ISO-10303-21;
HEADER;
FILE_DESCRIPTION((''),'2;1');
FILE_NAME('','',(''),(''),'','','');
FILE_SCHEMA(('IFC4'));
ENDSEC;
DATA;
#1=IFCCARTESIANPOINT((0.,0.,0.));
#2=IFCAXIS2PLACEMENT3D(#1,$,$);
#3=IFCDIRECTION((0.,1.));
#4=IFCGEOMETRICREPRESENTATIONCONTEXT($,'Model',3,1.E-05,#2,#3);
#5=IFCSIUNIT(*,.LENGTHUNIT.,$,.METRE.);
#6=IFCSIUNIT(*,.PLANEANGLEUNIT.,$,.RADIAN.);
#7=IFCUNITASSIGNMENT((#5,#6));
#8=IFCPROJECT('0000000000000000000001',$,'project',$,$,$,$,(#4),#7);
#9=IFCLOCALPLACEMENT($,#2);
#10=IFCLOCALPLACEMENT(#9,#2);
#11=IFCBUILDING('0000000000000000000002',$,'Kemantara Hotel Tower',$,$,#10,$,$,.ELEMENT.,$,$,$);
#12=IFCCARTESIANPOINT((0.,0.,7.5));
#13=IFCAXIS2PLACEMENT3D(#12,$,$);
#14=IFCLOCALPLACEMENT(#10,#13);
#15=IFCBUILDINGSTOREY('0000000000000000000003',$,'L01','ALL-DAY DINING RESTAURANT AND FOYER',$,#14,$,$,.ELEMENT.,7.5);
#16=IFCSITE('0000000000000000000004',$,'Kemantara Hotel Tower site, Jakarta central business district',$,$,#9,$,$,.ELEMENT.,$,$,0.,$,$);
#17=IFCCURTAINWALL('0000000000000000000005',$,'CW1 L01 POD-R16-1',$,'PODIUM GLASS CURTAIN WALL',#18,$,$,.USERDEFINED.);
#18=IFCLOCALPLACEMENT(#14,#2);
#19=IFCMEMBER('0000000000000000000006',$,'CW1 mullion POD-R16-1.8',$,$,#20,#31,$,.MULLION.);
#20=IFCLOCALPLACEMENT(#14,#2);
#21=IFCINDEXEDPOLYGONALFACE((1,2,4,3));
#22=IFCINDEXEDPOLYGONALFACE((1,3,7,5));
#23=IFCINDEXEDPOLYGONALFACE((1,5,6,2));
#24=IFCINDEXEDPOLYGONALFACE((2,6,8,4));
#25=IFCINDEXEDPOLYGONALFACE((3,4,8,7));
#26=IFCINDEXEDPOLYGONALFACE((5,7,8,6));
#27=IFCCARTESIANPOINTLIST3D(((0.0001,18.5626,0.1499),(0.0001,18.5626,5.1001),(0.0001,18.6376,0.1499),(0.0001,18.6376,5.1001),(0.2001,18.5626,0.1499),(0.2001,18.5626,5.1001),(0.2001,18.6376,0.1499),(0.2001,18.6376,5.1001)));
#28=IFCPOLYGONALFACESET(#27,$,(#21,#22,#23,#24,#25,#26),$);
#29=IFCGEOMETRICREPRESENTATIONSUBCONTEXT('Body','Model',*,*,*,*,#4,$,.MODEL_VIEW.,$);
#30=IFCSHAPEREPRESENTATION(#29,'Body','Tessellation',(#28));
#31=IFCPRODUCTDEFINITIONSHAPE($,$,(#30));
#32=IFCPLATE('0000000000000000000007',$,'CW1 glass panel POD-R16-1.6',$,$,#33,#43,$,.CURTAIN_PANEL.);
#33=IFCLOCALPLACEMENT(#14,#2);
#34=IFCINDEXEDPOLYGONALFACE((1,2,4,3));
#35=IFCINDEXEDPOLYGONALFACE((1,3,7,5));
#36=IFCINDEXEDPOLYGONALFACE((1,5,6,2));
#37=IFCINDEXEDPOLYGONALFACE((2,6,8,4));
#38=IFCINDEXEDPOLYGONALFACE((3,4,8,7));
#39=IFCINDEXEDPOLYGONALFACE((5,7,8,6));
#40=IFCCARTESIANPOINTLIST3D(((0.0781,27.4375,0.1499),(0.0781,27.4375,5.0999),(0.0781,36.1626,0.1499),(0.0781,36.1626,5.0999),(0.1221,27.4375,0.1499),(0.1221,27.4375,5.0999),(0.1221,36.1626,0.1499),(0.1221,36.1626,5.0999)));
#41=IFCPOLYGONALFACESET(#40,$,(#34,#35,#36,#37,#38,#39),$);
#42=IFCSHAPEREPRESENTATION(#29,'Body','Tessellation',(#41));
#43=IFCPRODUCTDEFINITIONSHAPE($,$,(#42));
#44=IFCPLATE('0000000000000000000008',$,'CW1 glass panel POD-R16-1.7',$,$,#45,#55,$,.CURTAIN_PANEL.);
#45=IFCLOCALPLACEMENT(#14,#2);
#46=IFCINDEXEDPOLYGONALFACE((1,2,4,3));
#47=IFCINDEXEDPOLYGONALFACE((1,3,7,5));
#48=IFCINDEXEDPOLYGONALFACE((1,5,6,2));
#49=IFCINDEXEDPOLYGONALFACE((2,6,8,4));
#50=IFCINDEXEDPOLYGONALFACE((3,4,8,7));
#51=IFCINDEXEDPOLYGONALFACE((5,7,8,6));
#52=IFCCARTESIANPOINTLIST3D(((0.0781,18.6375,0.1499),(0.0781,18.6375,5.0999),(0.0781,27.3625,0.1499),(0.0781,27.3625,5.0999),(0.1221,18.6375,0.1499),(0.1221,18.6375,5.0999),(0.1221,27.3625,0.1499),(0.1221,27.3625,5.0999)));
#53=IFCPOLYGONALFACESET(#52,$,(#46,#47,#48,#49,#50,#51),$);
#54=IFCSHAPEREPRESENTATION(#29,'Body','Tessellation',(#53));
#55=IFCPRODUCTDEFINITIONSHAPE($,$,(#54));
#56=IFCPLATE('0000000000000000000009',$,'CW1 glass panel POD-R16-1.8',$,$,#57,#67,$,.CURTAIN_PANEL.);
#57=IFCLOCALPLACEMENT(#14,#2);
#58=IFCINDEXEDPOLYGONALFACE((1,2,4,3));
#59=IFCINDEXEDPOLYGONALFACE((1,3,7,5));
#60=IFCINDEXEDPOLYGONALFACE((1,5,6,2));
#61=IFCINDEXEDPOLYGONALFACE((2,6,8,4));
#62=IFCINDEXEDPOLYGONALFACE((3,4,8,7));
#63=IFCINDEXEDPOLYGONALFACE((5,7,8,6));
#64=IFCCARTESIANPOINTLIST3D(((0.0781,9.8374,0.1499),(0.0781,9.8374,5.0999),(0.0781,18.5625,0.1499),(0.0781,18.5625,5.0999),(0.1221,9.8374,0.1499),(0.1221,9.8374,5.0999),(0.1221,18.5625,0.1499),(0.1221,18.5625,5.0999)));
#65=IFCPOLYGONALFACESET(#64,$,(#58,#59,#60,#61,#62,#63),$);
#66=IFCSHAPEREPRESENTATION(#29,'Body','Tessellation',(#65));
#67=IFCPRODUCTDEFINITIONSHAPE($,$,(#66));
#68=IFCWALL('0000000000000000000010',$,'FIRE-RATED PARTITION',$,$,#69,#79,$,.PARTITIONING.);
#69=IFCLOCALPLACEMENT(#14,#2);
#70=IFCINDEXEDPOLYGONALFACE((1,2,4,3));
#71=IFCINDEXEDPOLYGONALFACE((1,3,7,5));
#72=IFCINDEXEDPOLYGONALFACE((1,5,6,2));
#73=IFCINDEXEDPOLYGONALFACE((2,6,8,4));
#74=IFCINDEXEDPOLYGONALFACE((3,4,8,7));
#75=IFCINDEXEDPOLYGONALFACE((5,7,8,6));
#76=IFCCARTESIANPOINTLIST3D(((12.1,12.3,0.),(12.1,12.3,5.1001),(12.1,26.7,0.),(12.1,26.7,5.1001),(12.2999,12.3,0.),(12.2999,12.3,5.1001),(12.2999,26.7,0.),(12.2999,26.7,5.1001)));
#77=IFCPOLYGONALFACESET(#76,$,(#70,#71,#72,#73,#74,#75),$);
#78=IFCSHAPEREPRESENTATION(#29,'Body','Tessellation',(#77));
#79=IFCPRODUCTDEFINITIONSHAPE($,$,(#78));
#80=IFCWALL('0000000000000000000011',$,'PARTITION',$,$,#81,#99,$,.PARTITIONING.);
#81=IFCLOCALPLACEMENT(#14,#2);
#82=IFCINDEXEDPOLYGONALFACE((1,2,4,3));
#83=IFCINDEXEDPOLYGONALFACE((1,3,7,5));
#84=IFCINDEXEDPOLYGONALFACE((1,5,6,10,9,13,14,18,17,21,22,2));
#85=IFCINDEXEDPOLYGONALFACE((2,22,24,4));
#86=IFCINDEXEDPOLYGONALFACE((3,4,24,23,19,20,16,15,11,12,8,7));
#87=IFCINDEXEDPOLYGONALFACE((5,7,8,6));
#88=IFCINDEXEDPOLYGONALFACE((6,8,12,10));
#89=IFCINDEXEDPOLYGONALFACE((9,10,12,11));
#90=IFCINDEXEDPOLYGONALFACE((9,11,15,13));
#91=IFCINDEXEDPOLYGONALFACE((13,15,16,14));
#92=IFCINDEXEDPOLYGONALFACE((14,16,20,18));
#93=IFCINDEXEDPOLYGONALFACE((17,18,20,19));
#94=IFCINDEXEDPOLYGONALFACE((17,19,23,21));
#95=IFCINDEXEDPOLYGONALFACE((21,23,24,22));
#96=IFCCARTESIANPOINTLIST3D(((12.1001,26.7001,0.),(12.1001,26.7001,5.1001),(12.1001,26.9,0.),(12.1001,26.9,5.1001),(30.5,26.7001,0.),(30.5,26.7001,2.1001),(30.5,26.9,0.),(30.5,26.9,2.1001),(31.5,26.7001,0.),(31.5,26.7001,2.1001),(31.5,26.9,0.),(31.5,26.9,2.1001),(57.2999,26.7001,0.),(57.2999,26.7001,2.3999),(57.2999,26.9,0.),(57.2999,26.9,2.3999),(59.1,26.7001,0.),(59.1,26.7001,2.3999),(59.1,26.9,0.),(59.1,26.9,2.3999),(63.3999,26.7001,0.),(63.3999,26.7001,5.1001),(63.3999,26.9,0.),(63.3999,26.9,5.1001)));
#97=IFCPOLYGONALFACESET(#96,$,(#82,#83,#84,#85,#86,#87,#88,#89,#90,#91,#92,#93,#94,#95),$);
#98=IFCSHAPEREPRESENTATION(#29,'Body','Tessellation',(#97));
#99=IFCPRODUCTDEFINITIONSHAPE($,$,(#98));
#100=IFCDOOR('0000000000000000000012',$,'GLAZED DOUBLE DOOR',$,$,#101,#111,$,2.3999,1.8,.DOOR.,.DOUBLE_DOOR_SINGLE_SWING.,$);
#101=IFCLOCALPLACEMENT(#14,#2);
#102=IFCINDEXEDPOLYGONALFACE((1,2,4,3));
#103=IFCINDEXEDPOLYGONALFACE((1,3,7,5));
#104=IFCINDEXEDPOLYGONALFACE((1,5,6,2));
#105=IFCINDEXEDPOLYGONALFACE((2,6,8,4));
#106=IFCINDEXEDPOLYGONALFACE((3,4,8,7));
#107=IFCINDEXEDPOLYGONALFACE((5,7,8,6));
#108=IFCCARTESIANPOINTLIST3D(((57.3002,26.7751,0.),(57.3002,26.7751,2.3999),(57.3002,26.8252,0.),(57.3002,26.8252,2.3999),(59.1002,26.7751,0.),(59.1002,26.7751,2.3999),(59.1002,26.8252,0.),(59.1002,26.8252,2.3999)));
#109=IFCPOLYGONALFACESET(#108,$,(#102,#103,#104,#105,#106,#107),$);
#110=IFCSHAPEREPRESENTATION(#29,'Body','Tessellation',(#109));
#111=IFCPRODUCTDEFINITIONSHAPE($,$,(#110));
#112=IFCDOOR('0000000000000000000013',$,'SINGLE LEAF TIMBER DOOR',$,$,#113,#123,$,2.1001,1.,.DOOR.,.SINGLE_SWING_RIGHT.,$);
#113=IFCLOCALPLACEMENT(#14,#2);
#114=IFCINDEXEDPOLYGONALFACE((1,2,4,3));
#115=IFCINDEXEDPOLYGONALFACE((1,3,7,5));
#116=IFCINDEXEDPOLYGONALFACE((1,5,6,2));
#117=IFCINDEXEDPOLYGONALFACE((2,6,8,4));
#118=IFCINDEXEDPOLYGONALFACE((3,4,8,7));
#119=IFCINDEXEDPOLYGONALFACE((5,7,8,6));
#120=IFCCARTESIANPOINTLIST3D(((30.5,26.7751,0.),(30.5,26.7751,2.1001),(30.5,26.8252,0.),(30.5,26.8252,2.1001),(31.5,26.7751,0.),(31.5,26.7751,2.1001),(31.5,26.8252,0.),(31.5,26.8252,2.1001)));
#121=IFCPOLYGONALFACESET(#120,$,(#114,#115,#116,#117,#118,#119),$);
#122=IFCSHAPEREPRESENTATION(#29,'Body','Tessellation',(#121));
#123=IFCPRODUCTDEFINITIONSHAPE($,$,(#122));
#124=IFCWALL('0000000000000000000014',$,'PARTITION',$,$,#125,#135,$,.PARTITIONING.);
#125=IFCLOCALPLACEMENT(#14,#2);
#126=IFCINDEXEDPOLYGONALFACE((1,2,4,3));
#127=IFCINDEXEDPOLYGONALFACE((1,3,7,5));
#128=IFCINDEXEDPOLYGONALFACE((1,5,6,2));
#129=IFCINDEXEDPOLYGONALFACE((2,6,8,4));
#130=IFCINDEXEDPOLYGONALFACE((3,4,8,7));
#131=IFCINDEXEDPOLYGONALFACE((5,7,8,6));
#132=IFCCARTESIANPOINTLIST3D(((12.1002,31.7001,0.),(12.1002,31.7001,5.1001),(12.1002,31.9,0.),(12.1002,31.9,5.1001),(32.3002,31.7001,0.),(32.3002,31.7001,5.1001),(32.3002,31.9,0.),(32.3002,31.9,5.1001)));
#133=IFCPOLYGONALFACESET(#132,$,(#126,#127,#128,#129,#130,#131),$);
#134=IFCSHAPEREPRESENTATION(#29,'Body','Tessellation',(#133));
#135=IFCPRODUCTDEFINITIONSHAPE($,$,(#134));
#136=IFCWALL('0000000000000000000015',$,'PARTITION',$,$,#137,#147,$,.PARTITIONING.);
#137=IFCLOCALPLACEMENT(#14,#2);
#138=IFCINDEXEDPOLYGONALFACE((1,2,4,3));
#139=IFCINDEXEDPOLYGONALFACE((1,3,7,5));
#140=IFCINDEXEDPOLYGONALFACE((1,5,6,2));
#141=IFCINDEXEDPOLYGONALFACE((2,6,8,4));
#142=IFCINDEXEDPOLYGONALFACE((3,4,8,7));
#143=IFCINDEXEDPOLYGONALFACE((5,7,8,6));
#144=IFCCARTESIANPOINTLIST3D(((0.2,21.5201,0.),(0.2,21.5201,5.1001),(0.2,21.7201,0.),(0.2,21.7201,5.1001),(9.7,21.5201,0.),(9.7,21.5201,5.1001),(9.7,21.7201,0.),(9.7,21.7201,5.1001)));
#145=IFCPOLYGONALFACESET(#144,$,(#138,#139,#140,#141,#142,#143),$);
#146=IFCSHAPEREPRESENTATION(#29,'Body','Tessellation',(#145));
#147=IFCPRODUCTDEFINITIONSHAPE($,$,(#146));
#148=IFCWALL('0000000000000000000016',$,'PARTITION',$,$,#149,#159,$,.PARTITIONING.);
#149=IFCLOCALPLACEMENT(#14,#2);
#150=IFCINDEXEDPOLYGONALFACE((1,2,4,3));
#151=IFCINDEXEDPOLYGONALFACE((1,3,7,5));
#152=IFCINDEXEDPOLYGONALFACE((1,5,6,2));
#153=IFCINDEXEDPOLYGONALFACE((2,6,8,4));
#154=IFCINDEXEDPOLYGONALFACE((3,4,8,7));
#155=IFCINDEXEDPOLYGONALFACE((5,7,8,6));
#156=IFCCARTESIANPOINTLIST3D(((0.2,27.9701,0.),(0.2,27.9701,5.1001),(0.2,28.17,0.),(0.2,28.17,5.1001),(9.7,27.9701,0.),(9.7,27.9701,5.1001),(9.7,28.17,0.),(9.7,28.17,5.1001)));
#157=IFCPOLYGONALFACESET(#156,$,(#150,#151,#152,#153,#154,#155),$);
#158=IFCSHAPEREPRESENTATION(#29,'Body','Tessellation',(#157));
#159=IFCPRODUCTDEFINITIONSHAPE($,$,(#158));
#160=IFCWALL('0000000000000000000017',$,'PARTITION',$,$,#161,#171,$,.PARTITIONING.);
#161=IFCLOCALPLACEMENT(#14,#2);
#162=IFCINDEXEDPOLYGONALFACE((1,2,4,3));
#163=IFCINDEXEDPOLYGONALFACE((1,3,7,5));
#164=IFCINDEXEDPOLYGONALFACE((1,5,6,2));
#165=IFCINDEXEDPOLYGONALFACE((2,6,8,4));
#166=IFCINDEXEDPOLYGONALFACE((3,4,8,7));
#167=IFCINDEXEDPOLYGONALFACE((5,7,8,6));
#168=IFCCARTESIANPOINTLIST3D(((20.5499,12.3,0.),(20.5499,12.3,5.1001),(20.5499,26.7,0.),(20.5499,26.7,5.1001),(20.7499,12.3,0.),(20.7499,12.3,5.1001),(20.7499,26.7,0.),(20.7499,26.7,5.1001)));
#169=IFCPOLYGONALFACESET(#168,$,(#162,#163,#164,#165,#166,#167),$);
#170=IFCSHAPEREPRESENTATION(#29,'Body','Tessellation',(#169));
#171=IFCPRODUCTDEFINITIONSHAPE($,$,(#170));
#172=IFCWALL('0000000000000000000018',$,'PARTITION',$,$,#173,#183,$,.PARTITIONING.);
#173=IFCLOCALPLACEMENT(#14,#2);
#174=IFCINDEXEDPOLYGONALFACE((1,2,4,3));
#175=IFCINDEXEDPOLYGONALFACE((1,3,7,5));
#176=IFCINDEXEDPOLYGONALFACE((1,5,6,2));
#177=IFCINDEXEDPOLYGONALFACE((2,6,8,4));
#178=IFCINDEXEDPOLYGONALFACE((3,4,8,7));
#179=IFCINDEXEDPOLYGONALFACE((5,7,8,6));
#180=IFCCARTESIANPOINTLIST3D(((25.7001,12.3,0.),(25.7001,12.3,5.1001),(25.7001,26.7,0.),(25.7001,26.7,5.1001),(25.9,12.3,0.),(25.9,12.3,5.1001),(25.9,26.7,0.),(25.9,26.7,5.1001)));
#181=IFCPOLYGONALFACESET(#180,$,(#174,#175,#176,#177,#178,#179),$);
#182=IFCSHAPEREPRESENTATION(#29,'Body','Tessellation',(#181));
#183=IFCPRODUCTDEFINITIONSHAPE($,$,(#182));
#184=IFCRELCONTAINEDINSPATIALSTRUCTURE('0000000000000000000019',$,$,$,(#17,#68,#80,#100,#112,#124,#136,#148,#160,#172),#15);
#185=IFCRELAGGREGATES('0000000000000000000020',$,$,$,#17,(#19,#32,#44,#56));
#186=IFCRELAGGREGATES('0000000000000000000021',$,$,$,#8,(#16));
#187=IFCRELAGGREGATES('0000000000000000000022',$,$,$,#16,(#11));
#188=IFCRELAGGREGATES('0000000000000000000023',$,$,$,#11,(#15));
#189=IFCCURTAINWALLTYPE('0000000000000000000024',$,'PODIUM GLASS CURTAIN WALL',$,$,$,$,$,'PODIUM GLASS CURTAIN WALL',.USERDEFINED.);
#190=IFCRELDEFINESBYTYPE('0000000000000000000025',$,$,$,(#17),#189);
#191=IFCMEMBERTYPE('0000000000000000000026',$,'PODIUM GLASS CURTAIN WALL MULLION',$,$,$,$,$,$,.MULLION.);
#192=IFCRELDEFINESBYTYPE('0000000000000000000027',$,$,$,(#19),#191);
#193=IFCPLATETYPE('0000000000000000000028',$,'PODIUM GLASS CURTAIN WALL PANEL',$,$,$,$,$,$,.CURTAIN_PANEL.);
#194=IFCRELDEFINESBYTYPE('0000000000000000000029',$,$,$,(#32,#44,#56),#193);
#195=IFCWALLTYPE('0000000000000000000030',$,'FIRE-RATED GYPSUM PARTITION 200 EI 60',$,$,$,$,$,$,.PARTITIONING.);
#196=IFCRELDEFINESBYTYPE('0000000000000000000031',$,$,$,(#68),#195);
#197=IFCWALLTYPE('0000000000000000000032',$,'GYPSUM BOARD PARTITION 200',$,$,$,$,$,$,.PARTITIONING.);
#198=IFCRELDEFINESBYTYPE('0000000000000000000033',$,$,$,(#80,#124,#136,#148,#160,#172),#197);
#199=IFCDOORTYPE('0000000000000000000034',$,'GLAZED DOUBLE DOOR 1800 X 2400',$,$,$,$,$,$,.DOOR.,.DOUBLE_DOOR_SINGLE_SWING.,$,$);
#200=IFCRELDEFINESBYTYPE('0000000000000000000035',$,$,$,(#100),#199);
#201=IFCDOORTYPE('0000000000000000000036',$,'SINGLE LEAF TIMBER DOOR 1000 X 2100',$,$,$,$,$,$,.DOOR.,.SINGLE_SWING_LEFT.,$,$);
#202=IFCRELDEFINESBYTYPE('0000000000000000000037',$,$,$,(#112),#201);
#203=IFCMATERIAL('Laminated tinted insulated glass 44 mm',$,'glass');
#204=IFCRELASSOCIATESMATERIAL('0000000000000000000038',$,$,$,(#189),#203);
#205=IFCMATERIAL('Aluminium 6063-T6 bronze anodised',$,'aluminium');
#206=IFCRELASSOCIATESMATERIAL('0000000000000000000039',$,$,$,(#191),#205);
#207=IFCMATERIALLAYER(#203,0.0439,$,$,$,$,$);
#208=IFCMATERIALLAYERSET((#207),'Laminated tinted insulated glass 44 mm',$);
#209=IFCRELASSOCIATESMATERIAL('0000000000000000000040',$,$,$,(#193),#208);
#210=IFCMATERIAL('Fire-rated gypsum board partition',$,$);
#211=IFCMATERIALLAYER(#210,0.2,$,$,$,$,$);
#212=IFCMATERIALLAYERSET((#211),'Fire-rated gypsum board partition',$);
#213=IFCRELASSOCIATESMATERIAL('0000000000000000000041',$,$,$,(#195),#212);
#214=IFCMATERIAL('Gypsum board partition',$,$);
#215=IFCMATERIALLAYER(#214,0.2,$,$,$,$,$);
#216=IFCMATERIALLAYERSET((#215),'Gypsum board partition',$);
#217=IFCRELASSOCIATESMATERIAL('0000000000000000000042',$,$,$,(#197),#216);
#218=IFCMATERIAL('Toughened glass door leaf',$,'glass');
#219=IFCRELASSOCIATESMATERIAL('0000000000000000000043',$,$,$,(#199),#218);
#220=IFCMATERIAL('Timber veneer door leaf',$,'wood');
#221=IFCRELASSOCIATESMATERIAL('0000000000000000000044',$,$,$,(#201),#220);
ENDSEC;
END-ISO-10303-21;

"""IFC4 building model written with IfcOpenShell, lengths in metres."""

from ifc_helpers import new_model, si_unit, direction, frame, frame_2d, origin, origin_2d, place, context, subcontext, project, spatial, rectangle, extrude, source, transform, mapped, material, layer, layer_set, material_profile, profile_set, type_object, element, fill, aggregate, save


model = new_model("IFC4")

# Units and contexts
model_context = context("Model", 3, precision=1e-05, world=origin(), true_north=direction((0.0, 1.0)))
body_context = subcontext(model_context, "Body", "Model", "MODEL_VIEW")
ifc_project = project(units=[si_unit("LENGTHUNIT", "METRE"), si_unit("PLANEANGLEUNIT", "RADIAN")], contexts=[model_context])

# Site, building, storey
site_placement = place(None, origin())
site = spatial("IfcSite", under=ifc_project, at=site_placement, Name="Kemantara Hotel Tower site, Jakarta central business district", CompositionType="ELEMENT", RefElevation=0.0)
building_placement = place(site_placement, origin())
building = spatial("IfcBuilding", under=site, at=building_placement, Name="Kemantara Hotel Tower", CompositionType="ELEMENT")
storey_placement = place(building_placement, frame((0.0, 0.0, 7.5)))
storey = spatial("IfcBuildingStorey", under=building, at=storey_placement, Name="L01", Description="ALL-DAY DINING RESTAURANT AND FOYER", CompositionType="ELEMENT", Elevation=7.5)

# Curtain wall, member, plates
ifc_material_1 = material(Name="Laminated tinted insulated glass 44 mm", Category="glass")
curtain_wall_type = type_object("IfcCurtainWallType", Name="PODIUM GLASS CURTAIN WALL", ElementType="PODIUM GLASS CURTAIN WALL", PredefinedType="USERDEFINED", material=ifc_material_1)
curtain_wall_placement = place(storey_placement, origin())
curtain_wall = element("IfcCurtainWall", 1, at=curtain_wall_placement, inside=storey, type_object=curtain_wall_type, Name="CW1 L01 POD-R16-1", ObjectType="PODIUM GLASS CURTAIN WALL", PredefinedType="USERDEFINED")
ifc_material_2 = material(Name="Aluminium 6063-T6 bronze anodised", Category="aluminium")
ifc_material_profile_1 = material_profile(ifc_material_2, rectangle(XDim=0.2, YDim=0.075, at=origin_2d()), Name="PODIUM GLASS CURTAIN WALL MULLION")
ifc_profile_set_1 = profile_set([ifc_material_profile_1], Name="Aluminium 6063-T6 bronze anodised")
member_type = type_object("IfcMemberType", Name="PODIUM GLASS CURTAIN WALL MULLION", PredefinedType="MULLION", material=ifc_profile_set_1)
shared_shape_1 = source(origin(), body_context, "Body", "SweptSolid", [
    extrude(rectangle(XDim=0.2, YDim=0.075, at=origin_2d()), origin(), (0.0, 0.0, 1.0), 4.9502),
])
member_1_placement = place(storey_placement, frame((0.1001, 18.6001, 0.1499), z_axis=(0.0, 0.0, 1.0), x_axis=(1.0, 0.0, 0.0)))
member_1 = element("IfcMember", 2, at=member_1_placement, type_object=member_type, Name="CW1 mullion POD-R16-1.8", PredefinedType="MULLION", context=body_context, shape_type="MappedRepresentation", body=[
    mapped(shared_shape_1, transform((0.0, 0.0, 0.0))),
])
ifc_layer_1 = layer(ifc_material_1, 0.0439)
ifc_layer_set_1 = layer_set([ifc_layer_1], Name="Laminated tinted insulated glass 44 mm")
plate_type = type_object("IfcPlateType", Name="PODIUM GLASS CURTAIN WALL PANEL", PredefinedType="CURTAIN_PANEL", material=ifc_layer_set_1)
shared_shape_2 = source(origin(), body_context, "Body", "SweptSolid", [
    extrude(rectangle(XDim=8.7251, YDim=0.0439, at=origin_2d()), origin(), (0.0, 0.0, 1.0), 4.95),
])
plate_1_placement = place(storey_placement, frame((0.1001, 31.8, 0.1499), z_axis=(0.0, 0.0, 1.0), x_axis=(0.0, -1.0, 0.0)))
plate_1 = element("IfcPlate", 3, at=plate_1_placement, type_object=plate_type, Name="CW1 glass panel POD-R16-1.6", PredefinedType="CURTAIN_PANEL", context=body_context, shape_type="MappedRepresentation", body=[
    mapped(shared_shape_2, transform((0.0, 0.0, 0.0))),
])
plate_2_placement = place(storey_placement, frame((0.1001, 23.0, 0.1499), z_axis=(0.0, 0.0, 1.0), x_axis=(0.0, -1.0, 0.0)))
plate_2 = element("IfcPlate", 4, at=plate_2_placement, type_object=plate_type, Name="CW1 glass panel POD-R16-1.7", PredefinedType="CURTAIN_PANEL", context=body_context, shape_type="MappedRepresentation", body=[
    mapped(shared_shape_2, transform((0.0, 0.0, 0.0))),
])
plate_3_placement = place(storey_placement, frame((0.1001, 14.2, 0.1499), z_axis=(0.0, 0.0, 1.0), x_axis=(0.0, -1.0, 0.0)))
plate_3 = element("IfcPlate", 5, at=plate_3_placement, type_object=plate_type, Name="CW1 glass panel POD-R16-1.8", PredefinedType="CURTAIN_PANEL", context=body_context, shape_type="MappedRepresentation", body=[
    mapped(shared_shape_2, transform((0.0, 0.0, 0.0))),
])
aggregate(curtain_wall, [member_1, plate_1, plate_2, plate_3])

# Wall
ifc_material_3 = material(Name="Fire-rated gypsum board partition")
ifc_layer_2 = layer(ifc_material_3, 0.2)
ifc_layer_set_2 = layer_set([ifc_layer_2], Name="Fire-rated gypsum board partition")
wall_type_1 = type_object("IfcWallType", Name="FIRE-RATED GYPSUM PARTITION 200 EI 60", PredefinedType="PARTITIONING", material=ifc_layer_set_2)
wall_1_placement = place(storey_placement, frame((12.2, 12.3, 0.0), z_axis=(0.0, 0.0, 1.0), x_axis=(0.0, 1.0, 0.0)))
element("IfcWall", 6, at=wall_1_placement, inside=storey, type_object=wall_type_1, Name="FIRE-RATED PARTITION", PredefinedType="PARTITIONING", context=body_context, shape_type="SweptSolid", body=[
    extrude(rectangle(XDim=14.3999, YDim=0.2, at=frame_2d((7.2, 0.0))), origin(), (0.0, 0.0, 1.0), 5.1001),
])

# Wall, openings, doors
ifc_material_4 = material(Name="Gypsum board partition")
ifc_layer_3 = layer(ifc_material_4, 0.2)
ifc_layer_set_3 = layer_set([ifc_layer_3], Name="Gypsum board partition")
wall_type_2 = type_object("IfcWallType", Name="GYPSUM BOARD PARTITION 200", PredefinedType="PARTITIONING", material=ifc_layer_set_3)
wall_2_placement = place(storey_placement, frame((12.1001, 26.8, 0.0), z_axis=(0.0, 0.0, 1.0), x_axis=(1.0, 0.0, 0.0)))
wall_2 = element("IfcWall", 7, at=wall_2_placement, inside=storey, type_object=wall_type_2, Name="PARTITION", PredefinedType="PARTITIONING", context=body_context, shape_type="SweptSolid", body=[
    extrude(rectangle(XDim=51.2998, YDim=0.2, at=frame_2d((25.6499, 0.0))), origin(), (0.0, 0.0, 1.0), 5.1001),
])
opening_1_placement = place(wall_2_placement, frame((18.3999, 0.0, 0.0)))
opening_1 = element("IfcOpeningElement", 8, at=opening_1_placement, cuts=wall_2, PredefinedType="OPENING", context=body_context, shape_type="SweptSolid", body=[
    extrude(rectangle(XDim=1.0, YDim=2.1001, at=frame_2d((0.5, 1.05))), frame((0.0, 0.1099, 0.0), z_axis=(0.0, -1.0, 0.0), x_axis=(1.0, 0.0, 0.0)), (0.0, 0.0, 1.0), 0.22),
])
opening_2_placement = place(wall_2_placement, frame((45.2, 0.0, 0.0)))
opening_2 = element("IfcOpeningElement", 9, at=opening_2_placement, cuts=wall_2, PredefinedType="OPENING", context=body_context, shape_type="SweptSolid", body=[
    extrude(rectangle(XDim=1.8, YDim=2.3999, at=frame_2d((0.8999, 1.2))), frame((0.0, 0.1099, 0.0), z_axis=(0.0, -1.0, 0.0), x_axis=(1.0, 0.0, 0.0)), (0.0, 0.0, 1.0), 0.22),
])
ifc_material_5 = material(Name="Toughened glass door leaf", Category="glass")
door_type_1 = type_object("IfcDoorType", Name="GLAZED DOUBLE DOOR 1800 X 2400", OperationType="DOUBLE_DOOR_SINGLE_SWING", PredefinedType="DOOR", material=ifc_material_5)
door_1_placement = place(opening_2_placement, frame((1.8, 0.0, 0.0), z_axis=(0.0, 0.0, 1.0), x_axis=(-1.0, 0.0, 0.0)))
door_1 = element("IfcDoor", 10, at=door_1_placement, inside=storey, type_object=door_type_1, Name="GLAZED DOUBLE DOOR", OperationType="DOUBLE_DOOR_SINGLE_SWING", OverallHeight=2.3999, OverallWidth=1.8, PredefinedType="DOOR", context=body_context, shape_type="SweptSolid", body=[
    extrude(rectangle(XDim=1.8, YDim=2.3999, at=frame_2d((0.8999, 1.2))), frame((0.0, 0.0249, 0.0), z_axis=(0.0, -1.0, 0.0), x_axis=(1.0, 0.0, 0.0)), (0.0, 0.0, 1.0), 0.05),
])
fill(opening_2, door_1)
ifc_material_6 = material(Name="Timber veneer door leaf", Category="wood")
door_type_2 = type_object("IfcDoorType", Name="SINGLE LEAF TIMBER DOOR 1000 X 2100", OperationType="SINGLE_SWING_LEFT", PredefinedType="DOOR", material=ifc_material_6)
door_2_placement = place(opening_1_placement, frame((1.0, 0.0, 0.0), z_axis=(0.0, 0.0, 1.0), x_axis=(-1.0, 0.0, 0.0)))
door_2 = element("IfcDoor", 11, at=door_2_placement, inside=storey, type_object=door_type_2, Name="SINGLE LEAF TIMBER DOOR", OperationType="SINGLE_SWING_RIGHT", OverallHeight=2.1001, OverallWidth=1.0, PredefinedType="DOOR", context=body_context, shape_type="SweptSolid", body=[
    extrude(rectangle(XDim=1.0, YDim=2.1001, at=frame_2d((0.5, 1.05))), frame((0.0, 0.0249, 0.0), z_axis=(0.0, -1.0, 0.0), x_axis=(1.0, 0.0, 0.0)), (0.0, 0.0, 1.0), 0.05),
])
fill(opening_1, door_2)

# Walls
wall_3_placement = place(storey_placement, frame((12.1001, 31.8, 0.0), z_axis=(0.0, 0.0, 1.0), x_axis=(1.0, 0.0, 0.0)))
element("IfcWall", 12, at=wall_3_placement, inside=storey, type_object=wall_type_2, Name="PARTITION", PredefinedType="PARTITIONING", context=body_context, shape_type="SweptSolid", body=[
    extrude(rectangle(XDim=20.2, YDim=0.2, at=frame_2d((10.1001, 0.0))), origin(), (0.0, 0.0, 1.0), 5.1001),
])
for number, where, z_axis, x_axis, name in (
    (13, (0.2, 21.6201, 0.0), (0.0, 0.0, 1.0), (1.0, 0.0, 0.0), "PARTITION"),
    (14, (0.2, 28.0701, 0.0), (0.0, 0.0, 1.0), (1.0, 0.0, 0.0), "PARTITION"),
):
    element("IfcWall", number, at=place(storey_placement, frame(where, z_axis=z_axis, x_axis=x_axis)), inside=storey, type_object=wall_type_2, Name=name, PredefinedType="PARTITIONING", context=body_context, shape_type="SweptSolid", body=[
        extrude(rectangle(XDim=9.5, YDim=0.2, at=frame_2d((4.75, 0.0))), origin(), (0.0, 0.0, 1.0), 5.1001),
    ])
for number, where, z_axis, x_axis, name in (
    (15, (20.6499, 12.3, 0.0), (0.0, 0.0, 1.0), (0.0, 1.0, 0.0), "PARTITION"),
    (16, (25.8, 12.3, 0.0), (0.0, 0.0, 1.0), (0.0, 1.0, 0.0), "PARTITION"),
):
    element("IfcWall", number, at=place(storey_placement, frame(where, z_axis=z_axis, x_axis=x_axis)), inside=storey, type_object=wall_type_2, Name=name, PredefinedType="PARTITIONING", context=body_context, shape_type="SweptSolid", body=[
        extrude(rectangle(XDim=14.3999, YDim=0.2, at=frame_2d((7.2, 0.0))), origin(), (0.0, 0.0, 1.0), 5.1001),
    ])

save(model, "model.ifc")
